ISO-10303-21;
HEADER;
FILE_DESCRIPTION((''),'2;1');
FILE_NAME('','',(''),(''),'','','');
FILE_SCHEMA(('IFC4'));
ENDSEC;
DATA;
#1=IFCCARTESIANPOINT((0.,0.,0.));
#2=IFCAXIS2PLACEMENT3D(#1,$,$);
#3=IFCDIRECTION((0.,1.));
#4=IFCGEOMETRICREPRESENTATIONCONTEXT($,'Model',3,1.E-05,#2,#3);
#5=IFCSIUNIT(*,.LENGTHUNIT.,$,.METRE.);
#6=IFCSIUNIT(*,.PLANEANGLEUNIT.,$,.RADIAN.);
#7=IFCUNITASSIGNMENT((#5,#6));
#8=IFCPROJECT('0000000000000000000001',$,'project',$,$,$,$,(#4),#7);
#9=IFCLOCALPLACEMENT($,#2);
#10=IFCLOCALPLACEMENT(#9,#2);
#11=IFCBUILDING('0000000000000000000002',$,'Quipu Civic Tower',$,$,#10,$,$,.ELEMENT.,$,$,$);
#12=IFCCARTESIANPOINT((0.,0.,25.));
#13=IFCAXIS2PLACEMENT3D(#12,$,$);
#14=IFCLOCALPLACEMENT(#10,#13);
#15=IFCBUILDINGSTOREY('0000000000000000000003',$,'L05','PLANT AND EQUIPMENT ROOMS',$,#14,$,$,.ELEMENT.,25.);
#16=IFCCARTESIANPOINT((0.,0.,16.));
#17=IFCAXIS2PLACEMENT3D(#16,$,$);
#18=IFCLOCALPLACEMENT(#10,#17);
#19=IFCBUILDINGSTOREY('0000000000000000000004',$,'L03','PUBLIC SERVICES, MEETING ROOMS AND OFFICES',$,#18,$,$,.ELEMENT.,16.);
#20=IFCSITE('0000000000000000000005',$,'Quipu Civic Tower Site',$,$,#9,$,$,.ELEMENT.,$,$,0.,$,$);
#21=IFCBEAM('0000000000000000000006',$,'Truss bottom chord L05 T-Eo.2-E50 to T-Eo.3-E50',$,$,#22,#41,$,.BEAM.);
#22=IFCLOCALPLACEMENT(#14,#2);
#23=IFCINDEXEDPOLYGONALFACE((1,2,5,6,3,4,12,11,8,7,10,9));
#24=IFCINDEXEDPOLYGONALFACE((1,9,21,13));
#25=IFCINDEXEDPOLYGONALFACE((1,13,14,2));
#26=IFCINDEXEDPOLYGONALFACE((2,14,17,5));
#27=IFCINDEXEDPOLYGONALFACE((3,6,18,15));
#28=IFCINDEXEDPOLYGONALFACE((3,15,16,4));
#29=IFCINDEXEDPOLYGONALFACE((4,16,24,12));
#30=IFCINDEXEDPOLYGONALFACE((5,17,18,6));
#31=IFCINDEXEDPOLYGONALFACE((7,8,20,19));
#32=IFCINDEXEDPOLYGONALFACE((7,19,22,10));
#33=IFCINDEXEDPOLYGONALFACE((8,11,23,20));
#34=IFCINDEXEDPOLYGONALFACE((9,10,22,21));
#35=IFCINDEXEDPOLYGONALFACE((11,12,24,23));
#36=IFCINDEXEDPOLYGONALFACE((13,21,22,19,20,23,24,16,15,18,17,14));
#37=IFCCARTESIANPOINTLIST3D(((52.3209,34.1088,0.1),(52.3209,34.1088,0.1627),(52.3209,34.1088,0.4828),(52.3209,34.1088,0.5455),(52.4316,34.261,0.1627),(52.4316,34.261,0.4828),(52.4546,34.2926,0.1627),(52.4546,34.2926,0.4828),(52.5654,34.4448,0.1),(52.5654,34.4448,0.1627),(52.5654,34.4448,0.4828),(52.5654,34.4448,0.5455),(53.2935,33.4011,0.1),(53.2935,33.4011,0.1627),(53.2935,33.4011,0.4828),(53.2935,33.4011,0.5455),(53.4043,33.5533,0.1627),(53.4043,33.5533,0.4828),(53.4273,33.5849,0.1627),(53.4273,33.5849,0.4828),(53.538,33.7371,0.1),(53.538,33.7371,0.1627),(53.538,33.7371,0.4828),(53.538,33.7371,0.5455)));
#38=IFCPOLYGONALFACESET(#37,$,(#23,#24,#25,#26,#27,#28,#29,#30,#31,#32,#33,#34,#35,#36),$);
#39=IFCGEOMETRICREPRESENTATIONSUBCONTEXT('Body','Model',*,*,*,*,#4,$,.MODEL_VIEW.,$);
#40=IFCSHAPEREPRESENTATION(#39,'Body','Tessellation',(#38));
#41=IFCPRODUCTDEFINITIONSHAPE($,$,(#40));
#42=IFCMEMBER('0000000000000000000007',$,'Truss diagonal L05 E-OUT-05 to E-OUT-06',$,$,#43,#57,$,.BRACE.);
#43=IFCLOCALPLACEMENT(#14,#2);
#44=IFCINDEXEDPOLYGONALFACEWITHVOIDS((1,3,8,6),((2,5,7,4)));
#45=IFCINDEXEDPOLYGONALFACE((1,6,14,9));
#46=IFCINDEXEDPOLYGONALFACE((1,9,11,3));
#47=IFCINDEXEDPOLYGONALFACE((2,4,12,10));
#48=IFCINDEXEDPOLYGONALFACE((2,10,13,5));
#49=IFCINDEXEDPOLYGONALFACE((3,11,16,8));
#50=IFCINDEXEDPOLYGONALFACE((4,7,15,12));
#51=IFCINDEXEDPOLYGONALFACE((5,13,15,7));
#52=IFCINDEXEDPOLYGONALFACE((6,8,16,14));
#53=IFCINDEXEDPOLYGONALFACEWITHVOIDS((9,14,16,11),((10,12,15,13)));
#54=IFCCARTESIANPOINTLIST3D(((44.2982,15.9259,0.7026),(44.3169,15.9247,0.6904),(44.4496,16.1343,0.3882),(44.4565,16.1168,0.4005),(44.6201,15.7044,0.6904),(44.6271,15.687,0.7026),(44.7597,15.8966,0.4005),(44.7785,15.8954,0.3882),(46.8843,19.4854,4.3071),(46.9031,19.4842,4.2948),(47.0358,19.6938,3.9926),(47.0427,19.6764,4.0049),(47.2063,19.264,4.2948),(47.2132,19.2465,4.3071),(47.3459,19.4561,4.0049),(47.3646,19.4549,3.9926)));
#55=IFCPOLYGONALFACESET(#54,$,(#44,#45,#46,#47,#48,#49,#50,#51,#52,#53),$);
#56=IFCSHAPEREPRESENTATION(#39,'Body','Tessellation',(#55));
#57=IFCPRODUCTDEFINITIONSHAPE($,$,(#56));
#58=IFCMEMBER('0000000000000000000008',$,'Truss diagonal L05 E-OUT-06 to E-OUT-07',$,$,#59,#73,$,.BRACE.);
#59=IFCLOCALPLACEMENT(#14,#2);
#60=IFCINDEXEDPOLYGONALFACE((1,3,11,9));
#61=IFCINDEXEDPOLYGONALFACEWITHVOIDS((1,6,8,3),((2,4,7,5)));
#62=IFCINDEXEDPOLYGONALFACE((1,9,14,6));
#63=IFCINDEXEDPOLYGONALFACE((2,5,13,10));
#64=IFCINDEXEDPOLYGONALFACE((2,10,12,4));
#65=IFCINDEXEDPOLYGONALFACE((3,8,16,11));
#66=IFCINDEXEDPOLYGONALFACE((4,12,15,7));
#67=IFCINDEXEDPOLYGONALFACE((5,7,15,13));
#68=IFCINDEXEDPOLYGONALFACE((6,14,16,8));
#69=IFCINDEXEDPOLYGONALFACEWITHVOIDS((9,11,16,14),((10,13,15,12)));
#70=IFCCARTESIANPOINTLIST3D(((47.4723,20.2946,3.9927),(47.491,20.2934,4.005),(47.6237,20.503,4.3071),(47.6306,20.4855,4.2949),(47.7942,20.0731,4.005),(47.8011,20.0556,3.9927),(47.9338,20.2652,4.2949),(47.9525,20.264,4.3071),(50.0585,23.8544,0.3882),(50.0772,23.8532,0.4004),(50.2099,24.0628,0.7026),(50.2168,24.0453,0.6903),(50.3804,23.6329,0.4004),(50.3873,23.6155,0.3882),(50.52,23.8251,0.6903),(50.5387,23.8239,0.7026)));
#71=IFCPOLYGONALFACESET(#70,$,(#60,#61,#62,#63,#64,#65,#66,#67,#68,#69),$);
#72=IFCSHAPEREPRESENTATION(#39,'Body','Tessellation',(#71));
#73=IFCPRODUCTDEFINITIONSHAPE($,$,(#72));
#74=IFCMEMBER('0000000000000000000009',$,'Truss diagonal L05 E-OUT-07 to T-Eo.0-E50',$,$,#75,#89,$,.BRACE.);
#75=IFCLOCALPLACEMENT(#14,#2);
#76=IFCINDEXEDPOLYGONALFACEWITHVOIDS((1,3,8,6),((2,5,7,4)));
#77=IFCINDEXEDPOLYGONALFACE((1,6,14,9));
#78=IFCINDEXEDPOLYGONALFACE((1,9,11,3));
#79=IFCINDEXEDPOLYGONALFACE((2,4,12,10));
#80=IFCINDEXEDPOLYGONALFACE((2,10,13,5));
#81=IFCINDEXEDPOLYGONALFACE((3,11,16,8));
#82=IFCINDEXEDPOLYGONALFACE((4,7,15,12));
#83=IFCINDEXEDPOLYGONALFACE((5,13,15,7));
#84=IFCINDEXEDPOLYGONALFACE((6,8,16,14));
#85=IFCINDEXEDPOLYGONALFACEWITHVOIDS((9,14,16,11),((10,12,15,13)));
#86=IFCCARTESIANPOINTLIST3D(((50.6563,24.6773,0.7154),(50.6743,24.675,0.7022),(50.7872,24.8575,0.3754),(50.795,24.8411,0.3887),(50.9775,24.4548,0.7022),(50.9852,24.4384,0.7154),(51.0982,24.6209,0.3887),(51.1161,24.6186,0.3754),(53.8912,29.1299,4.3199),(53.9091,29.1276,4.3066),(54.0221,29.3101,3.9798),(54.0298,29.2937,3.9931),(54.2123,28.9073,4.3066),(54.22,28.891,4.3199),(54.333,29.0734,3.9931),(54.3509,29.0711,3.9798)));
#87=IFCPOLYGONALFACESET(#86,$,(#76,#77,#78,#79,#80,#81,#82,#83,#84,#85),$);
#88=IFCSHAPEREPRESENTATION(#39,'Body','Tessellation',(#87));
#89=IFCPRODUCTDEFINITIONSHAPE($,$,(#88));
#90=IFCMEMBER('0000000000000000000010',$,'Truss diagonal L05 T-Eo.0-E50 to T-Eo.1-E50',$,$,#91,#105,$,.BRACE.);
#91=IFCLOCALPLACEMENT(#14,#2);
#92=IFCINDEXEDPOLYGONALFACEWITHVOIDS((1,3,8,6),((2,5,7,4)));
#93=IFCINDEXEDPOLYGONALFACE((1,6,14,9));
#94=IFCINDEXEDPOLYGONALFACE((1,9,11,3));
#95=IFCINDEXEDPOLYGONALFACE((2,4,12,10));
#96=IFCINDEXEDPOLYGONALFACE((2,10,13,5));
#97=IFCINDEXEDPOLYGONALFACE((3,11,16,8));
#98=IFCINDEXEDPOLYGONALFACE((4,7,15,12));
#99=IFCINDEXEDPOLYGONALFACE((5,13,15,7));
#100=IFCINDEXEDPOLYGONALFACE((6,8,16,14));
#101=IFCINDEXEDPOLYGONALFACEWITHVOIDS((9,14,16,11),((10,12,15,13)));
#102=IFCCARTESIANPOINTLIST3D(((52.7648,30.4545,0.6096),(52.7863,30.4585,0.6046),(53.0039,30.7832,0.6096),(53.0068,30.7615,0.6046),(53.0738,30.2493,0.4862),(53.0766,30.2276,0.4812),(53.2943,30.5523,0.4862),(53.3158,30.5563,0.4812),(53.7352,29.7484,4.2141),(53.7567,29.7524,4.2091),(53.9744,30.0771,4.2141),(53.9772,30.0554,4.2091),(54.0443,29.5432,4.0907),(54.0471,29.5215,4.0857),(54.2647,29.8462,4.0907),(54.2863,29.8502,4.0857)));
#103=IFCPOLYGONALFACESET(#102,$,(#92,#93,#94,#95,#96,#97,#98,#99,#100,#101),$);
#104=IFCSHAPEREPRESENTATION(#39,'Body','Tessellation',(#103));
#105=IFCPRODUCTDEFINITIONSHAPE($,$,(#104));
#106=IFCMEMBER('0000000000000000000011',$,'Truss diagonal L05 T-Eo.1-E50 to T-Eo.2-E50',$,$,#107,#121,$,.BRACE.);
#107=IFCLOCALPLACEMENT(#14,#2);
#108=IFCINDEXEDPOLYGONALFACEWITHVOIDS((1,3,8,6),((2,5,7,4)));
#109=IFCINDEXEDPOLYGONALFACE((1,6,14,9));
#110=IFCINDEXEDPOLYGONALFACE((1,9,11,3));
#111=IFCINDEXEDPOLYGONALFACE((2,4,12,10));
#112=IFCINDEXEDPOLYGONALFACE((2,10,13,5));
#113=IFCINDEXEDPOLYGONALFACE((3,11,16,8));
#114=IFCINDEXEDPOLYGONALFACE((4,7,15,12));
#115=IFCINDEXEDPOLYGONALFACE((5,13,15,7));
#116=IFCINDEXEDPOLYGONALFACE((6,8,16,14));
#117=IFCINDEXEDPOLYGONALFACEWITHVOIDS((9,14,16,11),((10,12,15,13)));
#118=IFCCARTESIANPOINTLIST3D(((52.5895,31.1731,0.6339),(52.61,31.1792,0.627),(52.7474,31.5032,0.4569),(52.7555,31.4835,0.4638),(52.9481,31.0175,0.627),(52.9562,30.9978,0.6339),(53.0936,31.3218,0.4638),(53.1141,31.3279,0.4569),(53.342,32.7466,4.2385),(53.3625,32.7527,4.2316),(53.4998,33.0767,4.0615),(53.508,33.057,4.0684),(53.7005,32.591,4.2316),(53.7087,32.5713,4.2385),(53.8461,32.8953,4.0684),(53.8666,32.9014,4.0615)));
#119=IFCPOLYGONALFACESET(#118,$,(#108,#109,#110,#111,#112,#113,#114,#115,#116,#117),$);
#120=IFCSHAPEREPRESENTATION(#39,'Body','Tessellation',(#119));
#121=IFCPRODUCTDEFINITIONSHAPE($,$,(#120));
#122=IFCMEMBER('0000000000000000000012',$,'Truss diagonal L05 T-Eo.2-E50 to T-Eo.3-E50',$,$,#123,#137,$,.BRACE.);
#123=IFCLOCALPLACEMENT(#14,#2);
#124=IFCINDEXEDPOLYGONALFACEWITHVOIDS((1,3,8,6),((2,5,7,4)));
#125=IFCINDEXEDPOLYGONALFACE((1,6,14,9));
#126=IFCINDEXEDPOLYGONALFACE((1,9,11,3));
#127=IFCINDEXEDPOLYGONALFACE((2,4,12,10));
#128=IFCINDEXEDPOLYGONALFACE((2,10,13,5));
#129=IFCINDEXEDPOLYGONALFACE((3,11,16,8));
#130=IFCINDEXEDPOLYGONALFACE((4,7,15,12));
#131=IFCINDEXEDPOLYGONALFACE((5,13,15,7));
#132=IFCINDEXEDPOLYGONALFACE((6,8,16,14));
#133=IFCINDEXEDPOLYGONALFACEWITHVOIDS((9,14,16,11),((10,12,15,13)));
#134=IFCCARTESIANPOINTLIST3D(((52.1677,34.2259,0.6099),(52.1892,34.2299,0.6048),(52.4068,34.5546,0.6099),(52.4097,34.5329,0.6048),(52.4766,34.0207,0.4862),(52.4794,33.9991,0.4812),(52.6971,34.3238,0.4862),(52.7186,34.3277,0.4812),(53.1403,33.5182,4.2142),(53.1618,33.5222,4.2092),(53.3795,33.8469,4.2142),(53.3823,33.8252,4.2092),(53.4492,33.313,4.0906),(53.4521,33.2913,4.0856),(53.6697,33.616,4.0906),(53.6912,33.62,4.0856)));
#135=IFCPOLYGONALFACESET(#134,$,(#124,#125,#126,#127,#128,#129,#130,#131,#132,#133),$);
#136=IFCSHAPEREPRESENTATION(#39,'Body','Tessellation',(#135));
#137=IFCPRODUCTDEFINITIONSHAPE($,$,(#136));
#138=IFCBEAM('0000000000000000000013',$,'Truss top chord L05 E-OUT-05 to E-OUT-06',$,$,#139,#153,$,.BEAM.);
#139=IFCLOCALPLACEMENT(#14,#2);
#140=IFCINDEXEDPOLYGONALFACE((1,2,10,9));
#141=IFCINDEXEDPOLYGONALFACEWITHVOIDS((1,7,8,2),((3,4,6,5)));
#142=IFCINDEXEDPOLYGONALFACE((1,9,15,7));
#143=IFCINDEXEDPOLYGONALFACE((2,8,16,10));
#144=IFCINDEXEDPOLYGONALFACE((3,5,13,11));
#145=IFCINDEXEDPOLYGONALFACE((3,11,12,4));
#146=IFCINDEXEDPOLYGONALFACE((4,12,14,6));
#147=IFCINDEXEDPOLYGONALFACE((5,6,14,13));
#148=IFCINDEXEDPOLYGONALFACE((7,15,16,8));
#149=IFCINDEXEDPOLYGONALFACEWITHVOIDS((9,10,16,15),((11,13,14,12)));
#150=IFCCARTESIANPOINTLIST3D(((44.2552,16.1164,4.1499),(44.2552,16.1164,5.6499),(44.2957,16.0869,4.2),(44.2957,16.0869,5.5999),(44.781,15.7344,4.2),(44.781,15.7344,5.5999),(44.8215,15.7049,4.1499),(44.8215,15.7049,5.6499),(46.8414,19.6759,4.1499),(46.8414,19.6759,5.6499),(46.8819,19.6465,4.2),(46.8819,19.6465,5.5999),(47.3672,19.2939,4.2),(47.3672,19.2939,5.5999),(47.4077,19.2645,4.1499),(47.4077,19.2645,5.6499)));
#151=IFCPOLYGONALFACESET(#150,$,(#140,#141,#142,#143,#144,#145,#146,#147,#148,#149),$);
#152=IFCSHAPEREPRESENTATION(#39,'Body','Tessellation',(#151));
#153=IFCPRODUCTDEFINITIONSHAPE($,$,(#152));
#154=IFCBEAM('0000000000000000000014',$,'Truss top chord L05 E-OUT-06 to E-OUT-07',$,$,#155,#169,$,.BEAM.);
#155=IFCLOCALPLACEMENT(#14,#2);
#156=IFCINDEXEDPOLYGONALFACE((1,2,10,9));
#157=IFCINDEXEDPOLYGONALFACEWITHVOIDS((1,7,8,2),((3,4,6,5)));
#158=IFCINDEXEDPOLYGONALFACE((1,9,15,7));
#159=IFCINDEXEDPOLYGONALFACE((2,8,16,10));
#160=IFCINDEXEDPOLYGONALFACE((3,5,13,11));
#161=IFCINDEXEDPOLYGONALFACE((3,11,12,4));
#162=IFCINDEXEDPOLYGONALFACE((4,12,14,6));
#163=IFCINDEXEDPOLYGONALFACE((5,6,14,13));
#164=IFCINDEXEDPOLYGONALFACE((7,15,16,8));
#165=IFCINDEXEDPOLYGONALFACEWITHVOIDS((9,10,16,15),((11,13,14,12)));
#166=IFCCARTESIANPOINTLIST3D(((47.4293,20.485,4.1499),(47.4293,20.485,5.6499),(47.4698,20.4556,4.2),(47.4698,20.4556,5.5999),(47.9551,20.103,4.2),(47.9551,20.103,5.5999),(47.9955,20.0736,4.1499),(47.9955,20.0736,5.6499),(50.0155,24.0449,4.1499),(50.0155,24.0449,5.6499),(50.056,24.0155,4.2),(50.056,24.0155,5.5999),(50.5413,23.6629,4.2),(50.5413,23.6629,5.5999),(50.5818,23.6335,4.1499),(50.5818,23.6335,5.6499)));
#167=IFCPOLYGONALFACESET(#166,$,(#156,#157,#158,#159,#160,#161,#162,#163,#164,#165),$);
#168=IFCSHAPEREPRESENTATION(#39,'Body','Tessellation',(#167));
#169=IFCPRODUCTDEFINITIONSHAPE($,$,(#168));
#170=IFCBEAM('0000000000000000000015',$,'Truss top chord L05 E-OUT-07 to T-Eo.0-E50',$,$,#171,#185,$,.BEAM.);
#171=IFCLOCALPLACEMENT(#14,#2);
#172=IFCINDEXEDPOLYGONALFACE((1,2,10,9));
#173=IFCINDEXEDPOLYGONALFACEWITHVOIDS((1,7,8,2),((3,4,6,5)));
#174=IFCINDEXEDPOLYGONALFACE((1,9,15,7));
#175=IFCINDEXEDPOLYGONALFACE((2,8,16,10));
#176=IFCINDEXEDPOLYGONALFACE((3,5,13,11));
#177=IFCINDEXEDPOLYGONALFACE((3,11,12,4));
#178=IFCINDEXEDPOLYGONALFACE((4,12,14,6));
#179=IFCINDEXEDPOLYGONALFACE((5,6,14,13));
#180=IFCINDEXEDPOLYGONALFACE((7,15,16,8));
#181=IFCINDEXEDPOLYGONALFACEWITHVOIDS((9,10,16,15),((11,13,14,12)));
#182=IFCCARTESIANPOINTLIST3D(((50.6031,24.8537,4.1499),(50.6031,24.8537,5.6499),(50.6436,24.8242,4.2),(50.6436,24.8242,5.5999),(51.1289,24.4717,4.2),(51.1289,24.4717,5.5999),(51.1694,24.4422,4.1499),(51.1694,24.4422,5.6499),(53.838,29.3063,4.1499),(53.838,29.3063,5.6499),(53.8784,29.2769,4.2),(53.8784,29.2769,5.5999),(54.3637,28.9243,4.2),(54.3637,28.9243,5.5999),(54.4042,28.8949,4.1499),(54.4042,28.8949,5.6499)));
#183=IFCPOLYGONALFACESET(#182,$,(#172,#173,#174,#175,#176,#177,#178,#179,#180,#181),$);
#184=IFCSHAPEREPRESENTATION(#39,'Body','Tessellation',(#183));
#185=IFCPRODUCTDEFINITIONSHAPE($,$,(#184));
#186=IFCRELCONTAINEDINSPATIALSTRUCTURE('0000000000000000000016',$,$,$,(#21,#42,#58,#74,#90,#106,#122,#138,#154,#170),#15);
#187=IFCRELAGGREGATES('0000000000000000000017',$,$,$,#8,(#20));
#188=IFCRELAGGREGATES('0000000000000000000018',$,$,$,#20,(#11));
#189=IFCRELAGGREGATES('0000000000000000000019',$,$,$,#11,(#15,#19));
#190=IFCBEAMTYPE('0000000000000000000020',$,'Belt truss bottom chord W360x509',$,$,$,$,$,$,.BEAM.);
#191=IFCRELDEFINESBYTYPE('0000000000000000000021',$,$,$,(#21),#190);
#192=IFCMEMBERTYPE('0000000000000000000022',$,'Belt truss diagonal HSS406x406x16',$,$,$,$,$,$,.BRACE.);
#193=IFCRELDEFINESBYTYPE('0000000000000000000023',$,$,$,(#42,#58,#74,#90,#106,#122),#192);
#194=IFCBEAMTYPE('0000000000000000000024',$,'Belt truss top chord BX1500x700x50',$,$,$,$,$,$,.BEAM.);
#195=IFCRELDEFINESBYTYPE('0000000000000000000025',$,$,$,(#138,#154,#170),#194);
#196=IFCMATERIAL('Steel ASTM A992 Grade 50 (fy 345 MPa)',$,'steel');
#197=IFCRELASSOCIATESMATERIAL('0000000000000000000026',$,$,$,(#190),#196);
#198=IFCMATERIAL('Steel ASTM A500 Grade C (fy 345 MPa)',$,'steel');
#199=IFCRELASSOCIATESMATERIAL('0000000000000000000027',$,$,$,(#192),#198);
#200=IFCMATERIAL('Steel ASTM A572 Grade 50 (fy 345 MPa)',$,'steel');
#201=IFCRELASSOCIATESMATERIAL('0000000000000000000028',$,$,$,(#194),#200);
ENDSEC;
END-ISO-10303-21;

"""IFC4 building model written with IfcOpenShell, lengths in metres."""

from ifc_helpers import new_model, si_unit, direction, frame, origin, origin_2d, place, context, subcontext, project, spatial, hollow_rectangle, i_section, extrude, material, material_profile, profile_set, type_object, element, save


model = new_model("IFC4")

# Units and contexts
model_context = context("Model", 3, precision=1e-05, world=origin(), true_north=direction((0.0, 1.0)))
body_context = subcontext(model_context, "Body", "Model", "MODEL_VIEW")
ifc_project = project(units=[si_unit("LENGTHUNIT", "METRE"), si_unit("PLANEANGLEUNIT", "RADIAN")], contexts=[model_context])

# Site, building, storey
site_placement = place(None, origin())
site = spatial("IfcSite", under=ifc_project, at=site_placement, Name="Quipu Civic Tower Site", CompositionType="ELEMENT", RefElevation=0.0)
building_placement = place(site_placement, origin())
building = spatial("IfcBuilding", under=site, at=building_placement, Name="Quipu Civic Tower", CompositionType="ELEMENT")
storey_1_placement = place(building_placement, frame((0.0, 0.0, 25.0)))
storey_1 = spatial("IfcBuildingStorey", under=building, at=storey_1_placement, Name="L05", Description="PLANT AND EQUIPMENT ROOMS", CompositionType="ELEMENT", Elevation=25.0)

# Beam
ifc_material_1 = material(Name="Steel ASTM A992 Grade 50 (fy 345 MPa)", Category="steel")
ifc_material_profile_1 = material_profile(ifc_material_1, i_section(OverallWidth=0.4155, OverallDepth=0.4456, WebThickness=0.0391, FlangeThickness=0.0627, at=origin_2d()), Name="W360x509")
ifc_profile_set_1 = profile_set([ifc_material_profile_1], Name="Steel ASTM A992 Grade 50 (fy 345 MPa)")
beam_type_1 = type_object("IfcBeamType", Name="Belt truss bottom chord W360x509", PredefinedType="BEAM", material=ifc_profile_set_1)
beam_1_placement = place(storey_1_placement, frame((53.4158, 33.5691, 0.3228), z_axis=(-0.808587, 0.588377, 0.0), x_axis=(-0.588377, -0.808587, 0.0)))
element("IfcBeam", 1, at=beam_1_placement, inside=storey_1, type_object=beam_type_1, Name="Truss bottom chord L05 T-Eo.2-E50 to T-Eo.3-E50", PredefinedType="BEAM", context=body_context, shape_type="SweptSolid", body=[
    extrude(i_section(OverallWidth=0.4155, OverallDepth=0.4456, WebThickness=0.0391, FlangeThickness=0.0627, at=origin_2d()), origin(), (0.0, 0.0, 1.0), 1.2029),
])

# Members
ifc_material_2 = material(Name="Steel ASTM A500 Grade C (fy 345 MPa)", Category="steel")
ifc_material_profile_2 = material_profile(ifc_material_2, hollow_rectangle(XDim=0.4065, YDim=0.4065, WallThickness=0.0159, at=origin_2d()), Name="HSS406x406x16")
ifc_profile_set_2 = profile_set([ifc_material_profile_2], Name="Steel ASTM A500 Grade C (fy 345 MPa)")
member_type_1 = type_object("IfcMemberType", Name="Belt truss diagonal HSS406x406x16", PredefinedType="BRACE", material=ifc_profile_set_2)
member_1_placement = place(storey_1_placement, frame((44.5383, 15.9106, 0.5454), z_axis=(0.454688, 0.625824, 0.633722), x_axis=(-0.809017, 0.587786, 0.0)))
element("IfcMember", 2, at=member_1_placement, inside=storey_1, type_object=member_type_1, Name="Truss diagonal L05 E-OUT-05 to E-OUT-06", PredefinedType="BRACE", context=body_context, shape_type="SweptSolid", body=[
    extrude(hollow_rectangle(XDim=0.4065, YDim=0.4065, WallThickness=0.0159, at=origin_2d()), origin(), (0.0, 0.0, 1.0), 5.6877),
])
member_2_placement = place(storey_1_placement, frame((47.7124, 20.2793, 4.1499), z_axis=(0.454676, 0.62585, -0.633705), x_axis=(-0.809036, 0.587759, 0.0)))
element("IfcMember", 3, at=member_2_placement, inside=storey_1, type_object=member_type_1, Name="Truss diagonal L05 E-OUT-06 to E-OUT-07", PredefinedType="BRACE", context=body_context, shape_type="SweptSolid", body=[
    extrude(hollow_rectangle(XDim=0.4065, YDim=0.4065, WallThickness=0.0159, at=origin_2d()), origin(), (0.0, 0.0, 1.0), 5.688),
])
member_3_placement = place(storey_1_placement, frame((50.8862, 24.6479, 0.5454), z_axis=(0.491698, 0.6768, 0.547882), x_axis=(-0.809031, 0.587765, 0.0)))
element("IfcMember", 4, at=member_3_placement, inside=storey_1, type_object=member_type_1, Name="Truss diagonal L05 E-OUT-07 to T-Eo.0-E50", PredefinedType="BRACE", context=body_context, shape_type="SweptSolid", body=[
    extrude(hollow_rectangle(XDim=0.4065, YDim=0.4065, WallThickness=0.0159, at=origin_2d()), origin(), (0.0, 0.0, 1.0), 6.5789),
])
member_4_placement = place(storey_1_placement, frame((54.0107, 29.7993, 4.1499), z_axis=(-0.255449, 0.185851, -0.948791), x_axis=(-0.588317, -0.808631, 0.0)))
element("IfcMember", 5, at=member_4_placement, inside=storey_1, type_object=member_type_1, Name="Truss diagonal L05 T-Eo.0-E50 to T-Eo.1-E50", PredefinedType="BRACE", context=body_context, shape_type="SweptSolid", body=[
    extrude(hollow_rectangle(XDim=0.4065, YDim=0.4065, WallThickness=0.0159, at=origin_2d()), origin(), (0.0, 0.0, 1.0), 3.7991),
])
member_5_placement = place(storey_1_placement, frame((52.8518, 31.2505, 0.5454), z_axis=(0.187909, 0.392949, 0.900156), x_axis=(-0.902156, 0.431411, 0.0)))
element("IfcMember", 6, at=member_5_placement, inside=storey_1, type_object=member_type_1, Name="Truss diagonal L05 T-Eo.1-E50 to T-Eo.2-E50", PredefinedType="BRACE", context=body_context, shape_type="SweptSolid", body=[
    extrude(hollow_rectangle(XDim=0.4065, YDim=0.4065, WallThickness=0.0159, at=origin_2d()), origin(), (0.0, 0.0, 1.0), 4.0044),
])
member_6_placement = place(storey_1_placement, frame((53.4158, 33.5691, 4.1499), z_axis=(-0.255968, 0.186258, -0.948572), x_axis=(-0.588377, -0.808587, 0.0)))
element("IfcMember", 7, at=member_6_placement, inside=storey_1, type_object=member_type_1, Name="Truss diagonal L05 T-Eo.2-E50 to T-Eo.3-E50", PredefinedType="BRACE", context=body_context, shape_type="SweptSolid", body=[
    extrude(hollow_rectangle(XDim=0.4065, YDim=0.4065, WallThickness=0.0159, at=origin_2d()), origin(), (0.0, 0.0, 1.0), 3.7998),
])

# Beams
ifc_material_3 = material(Name="Steel ASTM A572 Grade 50 (fy 345 MPa)", Category="steel")
ifc_material_profile_3 = material_profile(ifc_material_3, hollow_rectangle(XDim=0.7, YDim=1.5, WallThickness=0.05, at=origin_2d()), Name="BX1500x700x50")
ifc_profile_set_3 = profile_set([ifc_material_profile_3], Name="Steel ASTM A572 Grade 50 (fy 345 MPa)")
beam_type_2 = type_object("IfcBeamType", Name="Belt truss top chord BX1500x700x50", PredefinedType="BEAM", material=ifc_profile_set_3)
beam_2_placement = place(storey_1_placement, frame((44.5383, 15.9106, 4.8999), z_axis=(0.587786, 0.809017, 0.0), x_axis=(-0.809017, 0.587786, 0.0)))
element("IfcBeam", 8, at=beam_2_placement, inside=storey_1, type_object=beam_type_2, Name="Truss top chord L05 E-OUT-05 to E-OUT-06", PredefinedType="BEAM", context=body_context, shape_type="SweptSolid", body=[
    extrude(hollow_rectangle(XDim=0.7, YDim=1.5, WallThickness=0.05, at=origin_2d()), origin(), (0.0, 0.0, 1.0), 4.3999),
])
beam_3_placement = place(storey_1_placement, frame((47.7124, 20.2793, 4.8999), z_axis=(0.587759, 0.809036, 0.0), x_axis=(-0.809036, 0.587759, 0.0)))
element("IfcBeam", 9, at=beam_3_placement, inside=storey_1, type_object=beam_type_2, Name="Truss top chord L05 E-OUT-06 to E-OUT-07", PredefinedType="BEAM", context=body_context, shape_type="SweptSolid", body=[
    extrude(hollow_rectangle(XDim=0.7, YDim=1.5, WallThickness=0.05, at=origin_2d()), origin(), (0.0, 0.0, 1.0), 4.4001),
])
beam_4_placement = place(storey_1_placement, frame((50.8862, 24.6479, 4.8999), z_axis=(0.587765, 0.809031, 0.0), x_axis=(-0.809031, 0.587765, 0.0)))
element("IfcBeam", 10, at=beam_4_placement, inside=storey_1, type_object=beam_type_2, Name="Truss top chord L05 E-OUT-07 to T-Eo.0-E50", PredefinedType="BEAM", context=body_context, shape_type="SweptSolid", body=[
    extrude(hollow_rectangle(XDim=0.7, YDim=1.5, WallThickness=0.05, at=origin_2d()), origin(), (0.0, 0.0, 1.0), 5.5037),
])

# Shared definitions
storey_2_placement = place(building_placement, frame((0.0, 0.0, 16.0)))
storey_2 = spatial("IfcBuildingStorey", under=building, at=storey_2_placement, Name="L03", Description="PUBLIC SERVICES, MEETING ROOMS AND OFFICES", CompositionType="ELEMENT", Elevation=16.0)

save(model, "model.ifc")
